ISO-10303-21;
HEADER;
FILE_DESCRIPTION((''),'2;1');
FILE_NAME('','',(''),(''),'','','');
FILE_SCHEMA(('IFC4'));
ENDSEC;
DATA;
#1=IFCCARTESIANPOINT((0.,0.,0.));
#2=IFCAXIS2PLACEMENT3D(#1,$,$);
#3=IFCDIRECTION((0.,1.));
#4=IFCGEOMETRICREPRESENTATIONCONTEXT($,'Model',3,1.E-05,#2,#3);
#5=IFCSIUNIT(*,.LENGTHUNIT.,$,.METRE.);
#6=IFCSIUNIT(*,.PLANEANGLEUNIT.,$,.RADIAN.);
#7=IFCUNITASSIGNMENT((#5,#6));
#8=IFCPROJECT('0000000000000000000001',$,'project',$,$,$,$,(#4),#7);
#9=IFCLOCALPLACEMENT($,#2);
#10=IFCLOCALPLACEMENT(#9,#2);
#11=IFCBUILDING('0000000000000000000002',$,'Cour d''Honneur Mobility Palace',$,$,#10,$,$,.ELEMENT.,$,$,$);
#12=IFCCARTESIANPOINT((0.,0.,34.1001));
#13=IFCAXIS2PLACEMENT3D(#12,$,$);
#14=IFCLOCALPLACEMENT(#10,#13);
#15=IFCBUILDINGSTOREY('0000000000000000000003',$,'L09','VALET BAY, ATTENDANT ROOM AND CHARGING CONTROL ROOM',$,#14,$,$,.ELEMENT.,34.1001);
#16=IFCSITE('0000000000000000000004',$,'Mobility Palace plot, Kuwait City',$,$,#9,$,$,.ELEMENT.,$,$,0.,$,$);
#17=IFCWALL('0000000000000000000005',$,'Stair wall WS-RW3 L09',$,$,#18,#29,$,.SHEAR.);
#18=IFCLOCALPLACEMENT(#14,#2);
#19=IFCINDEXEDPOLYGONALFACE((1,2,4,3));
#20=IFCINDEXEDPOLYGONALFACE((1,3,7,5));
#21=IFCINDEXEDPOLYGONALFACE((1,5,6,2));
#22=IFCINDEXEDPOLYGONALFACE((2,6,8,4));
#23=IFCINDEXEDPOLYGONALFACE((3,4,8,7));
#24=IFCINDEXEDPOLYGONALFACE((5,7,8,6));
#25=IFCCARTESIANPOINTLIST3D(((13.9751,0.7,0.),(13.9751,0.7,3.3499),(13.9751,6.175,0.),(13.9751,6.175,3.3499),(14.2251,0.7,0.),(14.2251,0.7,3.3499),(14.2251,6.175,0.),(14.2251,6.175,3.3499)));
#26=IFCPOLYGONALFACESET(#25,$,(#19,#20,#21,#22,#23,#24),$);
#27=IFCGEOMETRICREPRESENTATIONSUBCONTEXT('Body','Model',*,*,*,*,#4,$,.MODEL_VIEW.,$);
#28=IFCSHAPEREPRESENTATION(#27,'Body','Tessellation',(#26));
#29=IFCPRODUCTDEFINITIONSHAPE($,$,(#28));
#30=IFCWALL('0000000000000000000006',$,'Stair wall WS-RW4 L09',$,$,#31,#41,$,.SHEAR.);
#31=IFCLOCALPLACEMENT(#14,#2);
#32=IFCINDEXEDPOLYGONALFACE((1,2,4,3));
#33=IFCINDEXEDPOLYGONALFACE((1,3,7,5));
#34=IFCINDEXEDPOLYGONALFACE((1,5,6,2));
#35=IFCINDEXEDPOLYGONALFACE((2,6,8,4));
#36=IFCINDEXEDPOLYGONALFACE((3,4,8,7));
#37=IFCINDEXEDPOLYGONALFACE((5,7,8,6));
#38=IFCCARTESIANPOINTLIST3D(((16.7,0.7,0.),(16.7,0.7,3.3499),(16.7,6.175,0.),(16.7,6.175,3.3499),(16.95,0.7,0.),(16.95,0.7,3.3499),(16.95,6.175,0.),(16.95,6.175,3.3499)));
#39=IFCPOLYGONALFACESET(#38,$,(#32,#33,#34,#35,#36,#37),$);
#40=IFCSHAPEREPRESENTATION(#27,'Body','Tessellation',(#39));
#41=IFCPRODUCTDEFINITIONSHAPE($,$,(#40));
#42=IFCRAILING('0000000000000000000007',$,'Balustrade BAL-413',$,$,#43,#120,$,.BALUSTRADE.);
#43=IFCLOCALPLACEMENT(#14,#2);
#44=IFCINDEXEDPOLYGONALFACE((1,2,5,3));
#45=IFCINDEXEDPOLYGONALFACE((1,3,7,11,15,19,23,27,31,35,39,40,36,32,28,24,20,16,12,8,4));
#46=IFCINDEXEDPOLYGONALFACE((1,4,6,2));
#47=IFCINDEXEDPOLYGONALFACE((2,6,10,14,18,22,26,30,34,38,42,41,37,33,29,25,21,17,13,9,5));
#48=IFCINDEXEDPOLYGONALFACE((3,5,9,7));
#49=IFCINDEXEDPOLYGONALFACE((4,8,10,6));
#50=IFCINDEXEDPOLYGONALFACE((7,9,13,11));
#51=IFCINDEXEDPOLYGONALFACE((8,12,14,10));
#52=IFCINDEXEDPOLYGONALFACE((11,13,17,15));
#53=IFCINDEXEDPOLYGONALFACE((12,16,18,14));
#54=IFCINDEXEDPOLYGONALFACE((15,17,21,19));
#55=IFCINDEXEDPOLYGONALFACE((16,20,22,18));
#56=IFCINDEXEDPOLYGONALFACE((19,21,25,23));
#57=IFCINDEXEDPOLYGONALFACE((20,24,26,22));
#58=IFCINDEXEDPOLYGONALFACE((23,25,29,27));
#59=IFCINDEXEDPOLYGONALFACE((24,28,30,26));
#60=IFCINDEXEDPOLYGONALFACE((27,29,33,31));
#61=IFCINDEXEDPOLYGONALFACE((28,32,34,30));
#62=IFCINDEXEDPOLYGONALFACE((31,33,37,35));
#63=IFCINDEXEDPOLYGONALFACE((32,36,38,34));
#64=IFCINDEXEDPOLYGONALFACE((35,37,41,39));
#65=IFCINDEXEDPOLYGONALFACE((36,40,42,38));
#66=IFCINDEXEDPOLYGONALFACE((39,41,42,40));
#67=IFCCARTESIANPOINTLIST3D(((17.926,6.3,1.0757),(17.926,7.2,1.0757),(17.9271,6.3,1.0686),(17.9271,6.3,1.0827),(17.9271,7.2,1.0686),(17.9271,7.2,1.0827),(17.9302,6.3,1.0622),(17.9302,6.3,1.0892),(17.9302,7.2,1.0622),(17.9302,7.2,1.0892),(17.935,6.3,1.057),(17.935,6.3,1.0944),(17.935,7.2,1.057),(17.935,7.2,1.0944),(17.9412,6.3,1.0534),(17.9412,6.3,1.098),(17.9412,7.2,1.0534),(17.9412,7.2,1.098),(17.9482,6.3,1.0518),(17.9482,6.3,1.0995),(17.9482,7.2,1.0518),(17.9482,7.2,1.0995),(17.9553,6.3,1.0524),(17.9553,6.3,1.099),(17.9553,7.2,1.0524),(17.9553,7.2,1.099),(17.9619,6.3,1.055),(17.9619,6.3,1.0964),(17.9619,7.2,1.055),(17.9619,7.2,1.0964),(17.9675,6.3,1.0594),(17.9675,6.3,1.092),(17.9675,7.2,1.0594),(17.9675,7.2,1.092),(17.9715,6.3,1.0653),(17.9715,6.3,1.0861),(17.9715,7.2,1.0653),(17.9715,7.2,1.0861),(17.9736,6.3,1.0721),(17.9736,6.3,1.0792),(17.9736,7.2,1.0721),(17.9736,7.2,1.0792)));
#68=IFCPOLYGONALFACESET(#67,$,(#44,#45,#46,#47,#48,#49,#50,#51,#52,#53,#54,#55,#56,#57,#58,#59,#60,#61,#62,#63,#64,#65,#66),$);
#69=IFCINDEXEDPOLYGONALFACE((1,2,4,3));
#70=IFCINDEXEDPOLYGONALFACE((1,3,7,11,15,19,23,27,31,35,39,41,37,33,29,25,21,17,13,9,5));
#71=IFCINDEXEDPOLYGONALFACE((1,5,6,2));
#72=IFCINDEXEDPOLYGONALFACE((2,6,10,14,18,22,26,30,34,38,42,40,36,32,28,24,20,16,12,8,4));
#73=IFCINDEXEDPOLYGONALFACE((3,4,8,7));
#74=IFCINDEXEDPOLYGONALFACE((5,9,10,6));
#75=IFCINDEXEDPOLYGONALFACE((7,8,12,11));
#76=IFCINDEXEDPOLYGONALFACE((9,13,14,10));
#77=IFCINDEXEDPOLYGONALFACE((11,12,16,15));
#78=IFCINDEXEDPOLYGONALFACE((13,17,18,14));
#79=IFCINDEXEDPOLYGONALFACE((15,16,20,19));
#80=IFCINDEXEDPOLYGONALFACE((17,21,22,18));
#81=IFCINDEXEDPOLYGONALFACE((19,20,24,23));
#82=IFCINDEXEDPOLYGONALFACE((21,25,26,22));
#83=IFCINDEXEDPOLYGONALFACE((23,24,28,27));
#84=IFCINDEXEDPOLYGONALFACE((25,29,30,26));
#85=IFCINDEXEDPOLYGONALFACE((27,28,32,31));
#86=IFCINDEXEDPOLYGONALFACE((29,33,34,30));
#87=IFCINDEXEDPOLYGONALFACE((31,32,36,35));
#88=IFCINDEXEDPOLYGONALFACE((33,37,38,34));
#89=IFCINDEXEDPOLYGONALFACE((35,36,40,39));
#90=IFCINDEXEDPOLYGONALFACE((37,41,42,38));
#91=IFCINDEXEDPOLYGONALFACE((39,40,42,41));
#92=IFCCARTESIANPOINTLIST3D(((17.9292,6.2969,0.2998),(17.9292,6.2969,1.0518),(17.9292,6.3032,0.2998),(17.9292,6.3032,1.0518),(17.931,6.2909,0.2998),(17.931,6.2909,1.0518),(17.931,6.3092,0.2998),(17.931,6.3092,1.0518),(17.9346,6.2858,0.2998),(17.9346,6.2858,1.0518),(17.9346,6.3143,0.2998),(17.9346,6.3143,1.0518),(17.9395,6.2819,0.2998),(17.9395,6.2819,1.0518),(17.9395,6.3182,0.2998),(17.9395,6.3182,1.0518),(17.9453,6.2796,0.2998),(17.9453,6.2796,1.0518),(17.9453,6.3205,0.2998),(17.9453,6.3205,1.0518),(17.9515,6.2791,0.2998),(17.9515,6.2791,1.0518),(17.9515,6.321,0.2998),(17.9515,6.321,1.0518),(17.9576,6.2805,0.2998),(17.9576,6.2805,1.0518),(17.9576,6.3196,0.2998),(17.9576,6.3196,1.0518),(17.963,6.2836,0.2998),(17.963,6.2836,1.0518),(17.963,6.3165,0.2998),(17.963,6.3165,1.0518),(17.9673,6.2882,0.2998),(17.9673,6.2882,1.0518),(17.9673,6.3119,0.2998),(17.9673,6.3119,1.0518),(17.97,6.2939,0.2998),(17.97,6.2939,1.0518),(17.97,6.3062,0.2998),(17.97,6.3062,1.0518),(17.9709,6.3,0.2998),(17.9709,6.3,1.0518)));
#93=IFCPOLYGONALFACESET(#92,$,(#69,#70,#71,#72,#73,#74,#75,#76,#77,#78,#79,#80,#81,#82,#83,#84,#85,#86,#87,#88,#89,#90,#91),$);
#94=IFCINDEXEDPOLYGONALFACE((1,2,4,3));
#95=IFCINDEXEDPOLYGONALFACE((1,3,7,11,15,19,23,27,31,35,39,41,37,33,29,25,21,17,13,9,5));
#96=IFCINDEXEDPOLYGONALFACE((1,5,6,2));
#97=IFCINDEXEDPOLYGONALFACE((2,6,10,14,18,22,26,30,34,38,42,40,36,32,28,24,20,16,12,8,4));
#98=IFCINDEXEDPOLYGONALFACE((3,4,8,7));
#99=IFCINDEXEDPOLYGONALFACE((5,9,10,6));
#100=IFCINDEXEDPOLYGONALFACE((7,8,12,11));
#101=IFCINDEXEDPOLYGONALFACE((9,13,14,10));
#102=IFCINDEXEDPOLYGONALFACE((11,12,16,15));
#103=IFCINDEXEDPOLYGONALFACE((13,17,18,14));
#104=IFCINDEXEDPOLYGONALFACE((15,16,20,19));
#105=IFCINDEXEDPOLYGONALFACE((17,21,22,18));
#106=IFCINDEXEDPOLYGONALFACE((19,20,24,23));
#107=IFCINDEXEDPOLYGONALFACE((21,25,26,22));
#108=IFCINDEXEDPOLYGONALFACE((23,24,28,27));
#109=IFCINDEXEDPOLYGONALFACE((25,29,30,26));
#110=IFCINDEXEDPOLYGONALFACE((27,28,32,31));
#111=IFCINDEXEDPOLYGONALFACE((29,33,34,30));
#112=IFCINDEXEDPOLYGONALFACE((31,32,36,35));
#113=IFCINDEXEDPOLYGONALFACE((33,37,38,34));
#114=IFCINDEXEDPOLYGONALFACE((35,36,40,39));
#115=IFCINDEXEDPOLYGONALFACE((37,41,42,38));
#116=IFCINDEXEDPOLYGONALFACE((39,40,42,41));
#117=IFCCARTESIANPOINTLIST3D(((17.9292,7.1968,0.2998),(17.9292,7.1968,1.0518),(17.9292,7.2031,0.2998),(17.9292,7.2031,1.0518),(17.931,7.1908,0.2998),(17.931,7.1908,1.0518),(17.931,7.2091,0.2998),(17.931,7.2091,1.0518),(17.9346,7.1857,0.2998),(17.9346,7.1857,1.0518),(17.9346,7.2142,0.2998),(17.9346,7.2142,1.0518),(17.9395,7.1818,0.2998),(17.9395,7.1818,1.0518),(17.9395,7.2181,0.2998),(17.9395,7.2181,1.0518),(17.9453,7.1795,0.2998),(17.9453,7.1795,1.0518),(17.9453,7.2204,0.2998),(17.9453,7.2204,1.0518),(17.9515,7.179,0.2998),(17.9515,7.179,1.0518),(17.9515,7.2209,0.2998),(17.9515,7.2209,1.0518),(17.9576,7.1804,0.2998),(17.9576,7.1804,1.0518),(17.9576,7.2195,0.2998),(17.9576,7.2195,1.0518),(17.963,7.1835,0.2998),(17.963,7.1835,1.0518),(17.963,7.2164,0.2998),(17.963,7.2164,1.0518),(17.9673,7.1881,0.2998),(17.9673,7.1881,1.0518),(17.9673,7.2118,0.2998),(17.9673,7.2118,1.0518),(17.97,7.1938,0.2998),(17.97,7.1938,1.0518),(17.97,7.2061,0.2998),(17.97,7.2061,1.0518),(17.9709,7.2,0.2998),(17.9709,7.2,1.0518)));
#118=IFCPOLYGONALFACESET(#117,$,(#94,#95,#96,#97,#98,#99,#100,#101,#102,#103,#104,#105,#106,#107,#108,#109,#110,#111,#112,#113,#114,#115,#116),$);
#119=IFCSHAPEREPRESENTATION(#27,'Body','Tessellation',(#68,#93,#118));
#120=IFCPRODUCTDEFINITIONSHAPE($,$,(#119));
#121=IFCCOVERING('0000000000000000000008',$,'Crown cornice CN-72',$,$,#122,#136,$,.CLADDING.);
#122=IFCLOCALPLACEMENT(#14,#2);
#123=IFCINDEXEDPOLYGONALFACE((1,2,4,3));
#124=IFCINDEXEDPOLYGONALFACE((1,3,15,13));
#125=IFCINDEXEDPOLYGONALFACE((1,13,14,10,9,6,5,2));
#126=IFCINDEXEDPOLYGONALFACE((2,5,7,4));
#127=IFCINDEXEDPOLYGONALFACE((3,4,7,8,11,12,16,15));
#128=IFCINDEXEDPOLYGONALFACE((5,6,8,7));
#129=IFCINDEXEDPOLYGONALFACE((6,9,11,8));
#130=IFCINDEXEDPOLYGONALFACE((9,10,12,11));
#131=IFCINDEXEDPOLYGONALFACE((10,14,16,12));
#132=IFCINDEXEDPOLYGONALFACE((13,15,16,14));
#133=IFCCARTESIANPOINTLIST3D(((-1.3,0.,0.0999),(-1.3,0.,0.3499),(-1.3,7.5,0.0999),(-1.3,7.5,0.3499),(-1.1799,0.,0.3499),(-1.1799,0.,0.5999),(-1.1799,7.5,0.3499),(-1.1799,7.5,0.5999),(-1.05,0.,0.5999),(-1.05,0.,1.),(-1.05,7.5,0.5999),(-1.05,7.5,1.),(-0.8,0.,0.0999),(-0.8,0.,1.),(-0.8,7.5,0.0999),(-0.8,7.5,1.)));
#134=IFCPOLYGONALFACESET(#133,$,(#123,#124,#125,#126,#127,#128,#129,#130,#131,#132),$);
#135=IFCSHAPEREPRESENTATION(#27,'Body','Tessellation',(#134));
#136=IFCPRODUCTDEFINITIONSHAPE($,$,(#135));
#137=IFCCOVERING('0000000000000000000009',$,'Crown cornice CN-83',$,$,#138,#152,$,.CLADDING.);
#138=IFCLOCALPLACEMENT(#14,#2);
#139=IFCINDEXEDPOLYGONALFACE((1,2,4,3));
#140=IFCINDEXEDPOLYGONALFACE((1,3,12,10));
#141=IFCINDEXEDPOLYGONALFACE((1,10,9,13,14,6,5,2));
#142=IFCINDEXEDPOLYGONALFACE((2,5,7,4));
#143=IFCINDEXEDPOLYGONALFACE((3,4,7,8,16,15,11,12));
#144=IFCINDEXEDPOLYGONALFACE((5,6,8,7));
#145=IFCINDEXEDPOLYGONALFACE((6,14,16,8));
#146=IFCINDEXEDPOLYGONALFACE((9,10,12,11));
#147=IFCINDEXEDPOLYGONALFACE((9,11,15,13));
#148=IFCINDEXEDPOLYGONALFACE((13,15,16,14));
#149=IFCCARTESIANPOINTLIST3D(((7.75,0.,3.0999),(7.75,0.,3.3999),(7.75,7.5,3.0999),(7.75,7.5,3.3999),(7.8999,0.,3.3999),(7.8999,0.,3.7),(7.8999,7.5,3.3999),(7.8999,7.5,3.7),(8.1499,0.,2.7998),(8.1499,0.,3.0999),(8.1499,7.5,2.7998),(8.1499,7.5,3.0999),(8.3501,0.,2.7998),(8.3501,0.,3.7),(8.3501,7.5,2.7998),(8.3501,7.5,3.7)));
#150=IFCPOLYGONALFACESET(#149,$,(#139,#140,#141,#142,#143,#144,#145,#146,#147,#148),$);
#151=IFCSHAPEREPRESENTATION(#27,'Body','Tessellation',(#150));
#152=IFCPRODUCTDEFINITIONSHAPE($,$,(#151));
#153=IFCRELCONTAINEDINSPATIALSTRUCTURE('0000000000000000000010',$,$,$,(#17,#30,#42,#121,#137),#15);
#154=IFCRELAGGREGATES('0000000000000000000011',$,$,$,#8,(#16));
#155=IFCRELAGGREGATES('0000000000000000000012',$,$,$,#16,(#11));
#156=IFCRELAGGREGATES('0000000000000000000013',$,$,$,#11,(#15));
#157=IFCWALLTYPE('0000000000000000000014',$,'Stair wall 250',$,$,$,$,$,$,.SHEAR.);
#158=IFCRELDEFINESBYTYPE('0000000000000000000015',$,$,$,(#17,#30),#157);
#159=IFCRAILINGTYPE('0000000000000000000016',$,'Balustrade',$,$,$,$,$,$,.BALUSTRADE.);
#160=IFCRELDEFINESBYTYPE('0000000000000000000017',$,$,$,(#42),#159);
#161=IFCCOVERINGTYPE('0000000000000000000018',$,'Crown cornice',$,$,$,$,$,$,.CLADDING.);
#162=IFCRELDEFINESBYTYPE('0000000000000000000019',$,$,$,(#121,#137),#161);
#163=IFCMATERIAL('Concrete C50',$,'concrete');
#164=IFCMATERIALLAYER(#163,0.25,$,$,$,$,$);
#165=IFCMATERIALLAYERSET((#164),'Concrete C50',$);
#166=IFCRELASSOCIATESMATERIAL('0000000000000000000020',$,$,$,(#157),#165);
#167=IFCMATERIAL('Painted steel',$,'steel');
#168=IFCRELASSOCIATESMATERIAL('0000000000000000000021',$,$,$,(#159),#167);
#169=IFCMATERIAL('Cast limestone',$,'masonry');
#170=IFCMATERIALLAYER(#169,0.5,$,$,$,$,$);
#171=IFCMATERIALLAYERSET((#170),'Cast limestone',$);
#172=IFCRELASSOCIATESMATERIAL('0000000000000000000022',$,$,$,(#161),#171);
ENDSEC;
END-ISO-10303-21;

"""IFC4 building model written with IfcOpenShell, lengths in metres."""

from ifc_helpers import new_model, si_unit, direction, frame, frame_2d, origin, origin_2d, place, context, subcontext, project, spatial, polyline, rectangle, circle, outline, extrude, material, layer, layer_set, type_object, element, save


model = new_model("IFC4")

# Units and contexts
model_context = context("Model", 3, precision=1e-05, world=origin(), true_north=direction((0.0, 1.0)))
body_context = subcontext(model_context, "Body", "Model", "MODEL_VIEW")
ifc_project = project(units=[si_unit("LENGTHUNIT", "METRE"), si_unit("PLANEANGLEUNIT", "RADIAN")], contexts=[model_context])

# Site, building, storey
site_placement = place(None, origin())
site = spatial("IfcSite", under=ifc_project, at=site_placement, Name="Mobility Palace plot, Kuwait City", CompositionType="ELEMENT", RefElevation=0.0)
building_placement = place(site_placement, origin())
building = spatial("IfcBuilding", under=site, at=building_placement, Name="Cour d'Honneur Mobility Palace", CompositionType="ELEMENT")
storey_placement = place(building_placement, frame((0.0, 0.0, 34.1001)))
storey = spatial("IfcBuildingStorey", under=building, at=storey_placement, Name="L09", Description="VALET BAY, ATTENDANT ROOM AND CHARGING CONTROL ROOM", CompositionType="ELEMENT", Elevation=34.1001)

# Shared definitions
ifc_material_1 = material(Name="Concrete C50", Category="concrete")
ifc_layer_1 = layer(ifc_material_1, 0.25)
ifc_layer_set_1 = layer_set([ifc_layer_1], Name="Concrete C50")
wall_type_1 = type_object("IfcWallType", Name="Stair wall 250", PredefinedType="SHEAR", material=ifc_layer_set_1)

# Walls
for number, where, z_axis, x_axis, name in (
    (1, (14.1001, 0.7, 0.0), (0.0, 0.0, 1.0), (0.0, 1.0, 0.0), "Stair wall WS-RW3 L09"),
    (2, (16.825, 0.7, 0.0), (0.0, 0.0, 1.0), (0.0, 1.0, 0.0), "Stair wall WS-RW4 L09"),
):
    element("IfcWall", number, at=place(storey_placement, frame(where, z_axis=z_axis, x_axis=x_axis)), inside=storey, type_object=wall_type_1, Name=name, PredefinedType="SHEAR", context=body_context, shape_type="SweptSolid", body=[
        extrude(rectangle(XDim=5.4751, YDim=0.25, at=frame_2d((2.7375, 0.0))), origin(), (0.0, 0.0, 1.0), 3.3499),
    ])

# Railing
ifc_material_2 = material(Name="Painted steel", Category="steel")
railing_type_1 = type_object("IfcRailingType", Name="Balustrade", PredefinedType="BALUSTRADE", material=ifc_material_2)
railing_1_placement = place(storey_placement, frame((17.95, 6.3, 0.2998)))
element("IfcRailing", 3, at=railing_1_placement, inside=storey, type_object=railing_type_1, Name="Balustrade BAL-413", PredefinedType="BALUSTRADE", context=body_context, shape_type="SweptSolid", body=[
    extrude(circle(Radius=0.0239, at=origin_2d()), frame((0.0, 0.0, 0.7759), z_axis=(0.0, 1.0, 0.0), x_axis=(-1.0, 0.0, 0.0)), (0.0, 0.0, 1.0), 0.8999),
    extrude(circle(Radius=0.021, at=origin_2d()), origin(), (0.0, 0.0, 1.0), 0.752),
    extrude(circle(Radius=0.021, at=origin_2d()), frame((0.0, 0.8999, 0.0)), (0.0, 0.0, 1.0), 0.752),
])

# Coverings
ifc_material_3 = material(Name="Cast limestone", Category="masonry")
ifc_layer_2 = layer(ifc_material_3, 0.5)
ifc_layer_set_2 = layer_set([ifc_layer_2], Name="Cast limestone")
covering_type_1 = type_object("IfcCoveringType", Name="Crown cornice", PredefinedType="CLADDING", material=ifc_layer_set_2)
covering_1_placement = place(storey_placement, frame((-0.8, 7.5, 0.0999), z_axis=(0.0, 1.0, 0.0), x_axis=(-1.0, 0.0, 0.0)))
element("IfcCovering", 4, at=covering_1_placement, inside=storey, type_object=covering_type_1, Name="Crown cornice CN-72", PredefinedType="CLADDING", context=body_context, shape_type="SweptSolid", body=[
    extrude(outline(polyline([(0.0, 0.0), (0.5, 0.0), (0.5, 0.25), (0.3799, 0.25), (0.3799, 0.5), (0.25, 0.5), (0.25, 0.9001), (0.0, 0.9001), (0.0, 0.0)])), origin(), (0.0, 0.0, -1.0), 7.5),
])
covering_2_placement = place(storey_placement, frame((8.3501, 7.5, 2.7998), z_axis=(0.0, 1.0, 0.0), x_axis=(-1.0, 0.0, 0.0)))
element("IfcCovering", 5, at=covering_2_placement, inside=storey, type_object=covering_type_1, Name="Crown cornice CN-83", PredefinedType="CLADDING", context=body_context, shape_type="SweptSolid", body=[
    extrude(outline(polyline([(0.0, 0.0), (0.2002, 0.0), (0.2002, 0.3), (0.6001, 0.3), (0.6001, 0.6001), (0.4502, 0.6001), (0.4502, 0.9001), (0.0, 0.9001), (0.0, 0.0)])), origin(), (0.0, 0.0, -1.0), 7.5),
])

save(model, "model.ifc")
